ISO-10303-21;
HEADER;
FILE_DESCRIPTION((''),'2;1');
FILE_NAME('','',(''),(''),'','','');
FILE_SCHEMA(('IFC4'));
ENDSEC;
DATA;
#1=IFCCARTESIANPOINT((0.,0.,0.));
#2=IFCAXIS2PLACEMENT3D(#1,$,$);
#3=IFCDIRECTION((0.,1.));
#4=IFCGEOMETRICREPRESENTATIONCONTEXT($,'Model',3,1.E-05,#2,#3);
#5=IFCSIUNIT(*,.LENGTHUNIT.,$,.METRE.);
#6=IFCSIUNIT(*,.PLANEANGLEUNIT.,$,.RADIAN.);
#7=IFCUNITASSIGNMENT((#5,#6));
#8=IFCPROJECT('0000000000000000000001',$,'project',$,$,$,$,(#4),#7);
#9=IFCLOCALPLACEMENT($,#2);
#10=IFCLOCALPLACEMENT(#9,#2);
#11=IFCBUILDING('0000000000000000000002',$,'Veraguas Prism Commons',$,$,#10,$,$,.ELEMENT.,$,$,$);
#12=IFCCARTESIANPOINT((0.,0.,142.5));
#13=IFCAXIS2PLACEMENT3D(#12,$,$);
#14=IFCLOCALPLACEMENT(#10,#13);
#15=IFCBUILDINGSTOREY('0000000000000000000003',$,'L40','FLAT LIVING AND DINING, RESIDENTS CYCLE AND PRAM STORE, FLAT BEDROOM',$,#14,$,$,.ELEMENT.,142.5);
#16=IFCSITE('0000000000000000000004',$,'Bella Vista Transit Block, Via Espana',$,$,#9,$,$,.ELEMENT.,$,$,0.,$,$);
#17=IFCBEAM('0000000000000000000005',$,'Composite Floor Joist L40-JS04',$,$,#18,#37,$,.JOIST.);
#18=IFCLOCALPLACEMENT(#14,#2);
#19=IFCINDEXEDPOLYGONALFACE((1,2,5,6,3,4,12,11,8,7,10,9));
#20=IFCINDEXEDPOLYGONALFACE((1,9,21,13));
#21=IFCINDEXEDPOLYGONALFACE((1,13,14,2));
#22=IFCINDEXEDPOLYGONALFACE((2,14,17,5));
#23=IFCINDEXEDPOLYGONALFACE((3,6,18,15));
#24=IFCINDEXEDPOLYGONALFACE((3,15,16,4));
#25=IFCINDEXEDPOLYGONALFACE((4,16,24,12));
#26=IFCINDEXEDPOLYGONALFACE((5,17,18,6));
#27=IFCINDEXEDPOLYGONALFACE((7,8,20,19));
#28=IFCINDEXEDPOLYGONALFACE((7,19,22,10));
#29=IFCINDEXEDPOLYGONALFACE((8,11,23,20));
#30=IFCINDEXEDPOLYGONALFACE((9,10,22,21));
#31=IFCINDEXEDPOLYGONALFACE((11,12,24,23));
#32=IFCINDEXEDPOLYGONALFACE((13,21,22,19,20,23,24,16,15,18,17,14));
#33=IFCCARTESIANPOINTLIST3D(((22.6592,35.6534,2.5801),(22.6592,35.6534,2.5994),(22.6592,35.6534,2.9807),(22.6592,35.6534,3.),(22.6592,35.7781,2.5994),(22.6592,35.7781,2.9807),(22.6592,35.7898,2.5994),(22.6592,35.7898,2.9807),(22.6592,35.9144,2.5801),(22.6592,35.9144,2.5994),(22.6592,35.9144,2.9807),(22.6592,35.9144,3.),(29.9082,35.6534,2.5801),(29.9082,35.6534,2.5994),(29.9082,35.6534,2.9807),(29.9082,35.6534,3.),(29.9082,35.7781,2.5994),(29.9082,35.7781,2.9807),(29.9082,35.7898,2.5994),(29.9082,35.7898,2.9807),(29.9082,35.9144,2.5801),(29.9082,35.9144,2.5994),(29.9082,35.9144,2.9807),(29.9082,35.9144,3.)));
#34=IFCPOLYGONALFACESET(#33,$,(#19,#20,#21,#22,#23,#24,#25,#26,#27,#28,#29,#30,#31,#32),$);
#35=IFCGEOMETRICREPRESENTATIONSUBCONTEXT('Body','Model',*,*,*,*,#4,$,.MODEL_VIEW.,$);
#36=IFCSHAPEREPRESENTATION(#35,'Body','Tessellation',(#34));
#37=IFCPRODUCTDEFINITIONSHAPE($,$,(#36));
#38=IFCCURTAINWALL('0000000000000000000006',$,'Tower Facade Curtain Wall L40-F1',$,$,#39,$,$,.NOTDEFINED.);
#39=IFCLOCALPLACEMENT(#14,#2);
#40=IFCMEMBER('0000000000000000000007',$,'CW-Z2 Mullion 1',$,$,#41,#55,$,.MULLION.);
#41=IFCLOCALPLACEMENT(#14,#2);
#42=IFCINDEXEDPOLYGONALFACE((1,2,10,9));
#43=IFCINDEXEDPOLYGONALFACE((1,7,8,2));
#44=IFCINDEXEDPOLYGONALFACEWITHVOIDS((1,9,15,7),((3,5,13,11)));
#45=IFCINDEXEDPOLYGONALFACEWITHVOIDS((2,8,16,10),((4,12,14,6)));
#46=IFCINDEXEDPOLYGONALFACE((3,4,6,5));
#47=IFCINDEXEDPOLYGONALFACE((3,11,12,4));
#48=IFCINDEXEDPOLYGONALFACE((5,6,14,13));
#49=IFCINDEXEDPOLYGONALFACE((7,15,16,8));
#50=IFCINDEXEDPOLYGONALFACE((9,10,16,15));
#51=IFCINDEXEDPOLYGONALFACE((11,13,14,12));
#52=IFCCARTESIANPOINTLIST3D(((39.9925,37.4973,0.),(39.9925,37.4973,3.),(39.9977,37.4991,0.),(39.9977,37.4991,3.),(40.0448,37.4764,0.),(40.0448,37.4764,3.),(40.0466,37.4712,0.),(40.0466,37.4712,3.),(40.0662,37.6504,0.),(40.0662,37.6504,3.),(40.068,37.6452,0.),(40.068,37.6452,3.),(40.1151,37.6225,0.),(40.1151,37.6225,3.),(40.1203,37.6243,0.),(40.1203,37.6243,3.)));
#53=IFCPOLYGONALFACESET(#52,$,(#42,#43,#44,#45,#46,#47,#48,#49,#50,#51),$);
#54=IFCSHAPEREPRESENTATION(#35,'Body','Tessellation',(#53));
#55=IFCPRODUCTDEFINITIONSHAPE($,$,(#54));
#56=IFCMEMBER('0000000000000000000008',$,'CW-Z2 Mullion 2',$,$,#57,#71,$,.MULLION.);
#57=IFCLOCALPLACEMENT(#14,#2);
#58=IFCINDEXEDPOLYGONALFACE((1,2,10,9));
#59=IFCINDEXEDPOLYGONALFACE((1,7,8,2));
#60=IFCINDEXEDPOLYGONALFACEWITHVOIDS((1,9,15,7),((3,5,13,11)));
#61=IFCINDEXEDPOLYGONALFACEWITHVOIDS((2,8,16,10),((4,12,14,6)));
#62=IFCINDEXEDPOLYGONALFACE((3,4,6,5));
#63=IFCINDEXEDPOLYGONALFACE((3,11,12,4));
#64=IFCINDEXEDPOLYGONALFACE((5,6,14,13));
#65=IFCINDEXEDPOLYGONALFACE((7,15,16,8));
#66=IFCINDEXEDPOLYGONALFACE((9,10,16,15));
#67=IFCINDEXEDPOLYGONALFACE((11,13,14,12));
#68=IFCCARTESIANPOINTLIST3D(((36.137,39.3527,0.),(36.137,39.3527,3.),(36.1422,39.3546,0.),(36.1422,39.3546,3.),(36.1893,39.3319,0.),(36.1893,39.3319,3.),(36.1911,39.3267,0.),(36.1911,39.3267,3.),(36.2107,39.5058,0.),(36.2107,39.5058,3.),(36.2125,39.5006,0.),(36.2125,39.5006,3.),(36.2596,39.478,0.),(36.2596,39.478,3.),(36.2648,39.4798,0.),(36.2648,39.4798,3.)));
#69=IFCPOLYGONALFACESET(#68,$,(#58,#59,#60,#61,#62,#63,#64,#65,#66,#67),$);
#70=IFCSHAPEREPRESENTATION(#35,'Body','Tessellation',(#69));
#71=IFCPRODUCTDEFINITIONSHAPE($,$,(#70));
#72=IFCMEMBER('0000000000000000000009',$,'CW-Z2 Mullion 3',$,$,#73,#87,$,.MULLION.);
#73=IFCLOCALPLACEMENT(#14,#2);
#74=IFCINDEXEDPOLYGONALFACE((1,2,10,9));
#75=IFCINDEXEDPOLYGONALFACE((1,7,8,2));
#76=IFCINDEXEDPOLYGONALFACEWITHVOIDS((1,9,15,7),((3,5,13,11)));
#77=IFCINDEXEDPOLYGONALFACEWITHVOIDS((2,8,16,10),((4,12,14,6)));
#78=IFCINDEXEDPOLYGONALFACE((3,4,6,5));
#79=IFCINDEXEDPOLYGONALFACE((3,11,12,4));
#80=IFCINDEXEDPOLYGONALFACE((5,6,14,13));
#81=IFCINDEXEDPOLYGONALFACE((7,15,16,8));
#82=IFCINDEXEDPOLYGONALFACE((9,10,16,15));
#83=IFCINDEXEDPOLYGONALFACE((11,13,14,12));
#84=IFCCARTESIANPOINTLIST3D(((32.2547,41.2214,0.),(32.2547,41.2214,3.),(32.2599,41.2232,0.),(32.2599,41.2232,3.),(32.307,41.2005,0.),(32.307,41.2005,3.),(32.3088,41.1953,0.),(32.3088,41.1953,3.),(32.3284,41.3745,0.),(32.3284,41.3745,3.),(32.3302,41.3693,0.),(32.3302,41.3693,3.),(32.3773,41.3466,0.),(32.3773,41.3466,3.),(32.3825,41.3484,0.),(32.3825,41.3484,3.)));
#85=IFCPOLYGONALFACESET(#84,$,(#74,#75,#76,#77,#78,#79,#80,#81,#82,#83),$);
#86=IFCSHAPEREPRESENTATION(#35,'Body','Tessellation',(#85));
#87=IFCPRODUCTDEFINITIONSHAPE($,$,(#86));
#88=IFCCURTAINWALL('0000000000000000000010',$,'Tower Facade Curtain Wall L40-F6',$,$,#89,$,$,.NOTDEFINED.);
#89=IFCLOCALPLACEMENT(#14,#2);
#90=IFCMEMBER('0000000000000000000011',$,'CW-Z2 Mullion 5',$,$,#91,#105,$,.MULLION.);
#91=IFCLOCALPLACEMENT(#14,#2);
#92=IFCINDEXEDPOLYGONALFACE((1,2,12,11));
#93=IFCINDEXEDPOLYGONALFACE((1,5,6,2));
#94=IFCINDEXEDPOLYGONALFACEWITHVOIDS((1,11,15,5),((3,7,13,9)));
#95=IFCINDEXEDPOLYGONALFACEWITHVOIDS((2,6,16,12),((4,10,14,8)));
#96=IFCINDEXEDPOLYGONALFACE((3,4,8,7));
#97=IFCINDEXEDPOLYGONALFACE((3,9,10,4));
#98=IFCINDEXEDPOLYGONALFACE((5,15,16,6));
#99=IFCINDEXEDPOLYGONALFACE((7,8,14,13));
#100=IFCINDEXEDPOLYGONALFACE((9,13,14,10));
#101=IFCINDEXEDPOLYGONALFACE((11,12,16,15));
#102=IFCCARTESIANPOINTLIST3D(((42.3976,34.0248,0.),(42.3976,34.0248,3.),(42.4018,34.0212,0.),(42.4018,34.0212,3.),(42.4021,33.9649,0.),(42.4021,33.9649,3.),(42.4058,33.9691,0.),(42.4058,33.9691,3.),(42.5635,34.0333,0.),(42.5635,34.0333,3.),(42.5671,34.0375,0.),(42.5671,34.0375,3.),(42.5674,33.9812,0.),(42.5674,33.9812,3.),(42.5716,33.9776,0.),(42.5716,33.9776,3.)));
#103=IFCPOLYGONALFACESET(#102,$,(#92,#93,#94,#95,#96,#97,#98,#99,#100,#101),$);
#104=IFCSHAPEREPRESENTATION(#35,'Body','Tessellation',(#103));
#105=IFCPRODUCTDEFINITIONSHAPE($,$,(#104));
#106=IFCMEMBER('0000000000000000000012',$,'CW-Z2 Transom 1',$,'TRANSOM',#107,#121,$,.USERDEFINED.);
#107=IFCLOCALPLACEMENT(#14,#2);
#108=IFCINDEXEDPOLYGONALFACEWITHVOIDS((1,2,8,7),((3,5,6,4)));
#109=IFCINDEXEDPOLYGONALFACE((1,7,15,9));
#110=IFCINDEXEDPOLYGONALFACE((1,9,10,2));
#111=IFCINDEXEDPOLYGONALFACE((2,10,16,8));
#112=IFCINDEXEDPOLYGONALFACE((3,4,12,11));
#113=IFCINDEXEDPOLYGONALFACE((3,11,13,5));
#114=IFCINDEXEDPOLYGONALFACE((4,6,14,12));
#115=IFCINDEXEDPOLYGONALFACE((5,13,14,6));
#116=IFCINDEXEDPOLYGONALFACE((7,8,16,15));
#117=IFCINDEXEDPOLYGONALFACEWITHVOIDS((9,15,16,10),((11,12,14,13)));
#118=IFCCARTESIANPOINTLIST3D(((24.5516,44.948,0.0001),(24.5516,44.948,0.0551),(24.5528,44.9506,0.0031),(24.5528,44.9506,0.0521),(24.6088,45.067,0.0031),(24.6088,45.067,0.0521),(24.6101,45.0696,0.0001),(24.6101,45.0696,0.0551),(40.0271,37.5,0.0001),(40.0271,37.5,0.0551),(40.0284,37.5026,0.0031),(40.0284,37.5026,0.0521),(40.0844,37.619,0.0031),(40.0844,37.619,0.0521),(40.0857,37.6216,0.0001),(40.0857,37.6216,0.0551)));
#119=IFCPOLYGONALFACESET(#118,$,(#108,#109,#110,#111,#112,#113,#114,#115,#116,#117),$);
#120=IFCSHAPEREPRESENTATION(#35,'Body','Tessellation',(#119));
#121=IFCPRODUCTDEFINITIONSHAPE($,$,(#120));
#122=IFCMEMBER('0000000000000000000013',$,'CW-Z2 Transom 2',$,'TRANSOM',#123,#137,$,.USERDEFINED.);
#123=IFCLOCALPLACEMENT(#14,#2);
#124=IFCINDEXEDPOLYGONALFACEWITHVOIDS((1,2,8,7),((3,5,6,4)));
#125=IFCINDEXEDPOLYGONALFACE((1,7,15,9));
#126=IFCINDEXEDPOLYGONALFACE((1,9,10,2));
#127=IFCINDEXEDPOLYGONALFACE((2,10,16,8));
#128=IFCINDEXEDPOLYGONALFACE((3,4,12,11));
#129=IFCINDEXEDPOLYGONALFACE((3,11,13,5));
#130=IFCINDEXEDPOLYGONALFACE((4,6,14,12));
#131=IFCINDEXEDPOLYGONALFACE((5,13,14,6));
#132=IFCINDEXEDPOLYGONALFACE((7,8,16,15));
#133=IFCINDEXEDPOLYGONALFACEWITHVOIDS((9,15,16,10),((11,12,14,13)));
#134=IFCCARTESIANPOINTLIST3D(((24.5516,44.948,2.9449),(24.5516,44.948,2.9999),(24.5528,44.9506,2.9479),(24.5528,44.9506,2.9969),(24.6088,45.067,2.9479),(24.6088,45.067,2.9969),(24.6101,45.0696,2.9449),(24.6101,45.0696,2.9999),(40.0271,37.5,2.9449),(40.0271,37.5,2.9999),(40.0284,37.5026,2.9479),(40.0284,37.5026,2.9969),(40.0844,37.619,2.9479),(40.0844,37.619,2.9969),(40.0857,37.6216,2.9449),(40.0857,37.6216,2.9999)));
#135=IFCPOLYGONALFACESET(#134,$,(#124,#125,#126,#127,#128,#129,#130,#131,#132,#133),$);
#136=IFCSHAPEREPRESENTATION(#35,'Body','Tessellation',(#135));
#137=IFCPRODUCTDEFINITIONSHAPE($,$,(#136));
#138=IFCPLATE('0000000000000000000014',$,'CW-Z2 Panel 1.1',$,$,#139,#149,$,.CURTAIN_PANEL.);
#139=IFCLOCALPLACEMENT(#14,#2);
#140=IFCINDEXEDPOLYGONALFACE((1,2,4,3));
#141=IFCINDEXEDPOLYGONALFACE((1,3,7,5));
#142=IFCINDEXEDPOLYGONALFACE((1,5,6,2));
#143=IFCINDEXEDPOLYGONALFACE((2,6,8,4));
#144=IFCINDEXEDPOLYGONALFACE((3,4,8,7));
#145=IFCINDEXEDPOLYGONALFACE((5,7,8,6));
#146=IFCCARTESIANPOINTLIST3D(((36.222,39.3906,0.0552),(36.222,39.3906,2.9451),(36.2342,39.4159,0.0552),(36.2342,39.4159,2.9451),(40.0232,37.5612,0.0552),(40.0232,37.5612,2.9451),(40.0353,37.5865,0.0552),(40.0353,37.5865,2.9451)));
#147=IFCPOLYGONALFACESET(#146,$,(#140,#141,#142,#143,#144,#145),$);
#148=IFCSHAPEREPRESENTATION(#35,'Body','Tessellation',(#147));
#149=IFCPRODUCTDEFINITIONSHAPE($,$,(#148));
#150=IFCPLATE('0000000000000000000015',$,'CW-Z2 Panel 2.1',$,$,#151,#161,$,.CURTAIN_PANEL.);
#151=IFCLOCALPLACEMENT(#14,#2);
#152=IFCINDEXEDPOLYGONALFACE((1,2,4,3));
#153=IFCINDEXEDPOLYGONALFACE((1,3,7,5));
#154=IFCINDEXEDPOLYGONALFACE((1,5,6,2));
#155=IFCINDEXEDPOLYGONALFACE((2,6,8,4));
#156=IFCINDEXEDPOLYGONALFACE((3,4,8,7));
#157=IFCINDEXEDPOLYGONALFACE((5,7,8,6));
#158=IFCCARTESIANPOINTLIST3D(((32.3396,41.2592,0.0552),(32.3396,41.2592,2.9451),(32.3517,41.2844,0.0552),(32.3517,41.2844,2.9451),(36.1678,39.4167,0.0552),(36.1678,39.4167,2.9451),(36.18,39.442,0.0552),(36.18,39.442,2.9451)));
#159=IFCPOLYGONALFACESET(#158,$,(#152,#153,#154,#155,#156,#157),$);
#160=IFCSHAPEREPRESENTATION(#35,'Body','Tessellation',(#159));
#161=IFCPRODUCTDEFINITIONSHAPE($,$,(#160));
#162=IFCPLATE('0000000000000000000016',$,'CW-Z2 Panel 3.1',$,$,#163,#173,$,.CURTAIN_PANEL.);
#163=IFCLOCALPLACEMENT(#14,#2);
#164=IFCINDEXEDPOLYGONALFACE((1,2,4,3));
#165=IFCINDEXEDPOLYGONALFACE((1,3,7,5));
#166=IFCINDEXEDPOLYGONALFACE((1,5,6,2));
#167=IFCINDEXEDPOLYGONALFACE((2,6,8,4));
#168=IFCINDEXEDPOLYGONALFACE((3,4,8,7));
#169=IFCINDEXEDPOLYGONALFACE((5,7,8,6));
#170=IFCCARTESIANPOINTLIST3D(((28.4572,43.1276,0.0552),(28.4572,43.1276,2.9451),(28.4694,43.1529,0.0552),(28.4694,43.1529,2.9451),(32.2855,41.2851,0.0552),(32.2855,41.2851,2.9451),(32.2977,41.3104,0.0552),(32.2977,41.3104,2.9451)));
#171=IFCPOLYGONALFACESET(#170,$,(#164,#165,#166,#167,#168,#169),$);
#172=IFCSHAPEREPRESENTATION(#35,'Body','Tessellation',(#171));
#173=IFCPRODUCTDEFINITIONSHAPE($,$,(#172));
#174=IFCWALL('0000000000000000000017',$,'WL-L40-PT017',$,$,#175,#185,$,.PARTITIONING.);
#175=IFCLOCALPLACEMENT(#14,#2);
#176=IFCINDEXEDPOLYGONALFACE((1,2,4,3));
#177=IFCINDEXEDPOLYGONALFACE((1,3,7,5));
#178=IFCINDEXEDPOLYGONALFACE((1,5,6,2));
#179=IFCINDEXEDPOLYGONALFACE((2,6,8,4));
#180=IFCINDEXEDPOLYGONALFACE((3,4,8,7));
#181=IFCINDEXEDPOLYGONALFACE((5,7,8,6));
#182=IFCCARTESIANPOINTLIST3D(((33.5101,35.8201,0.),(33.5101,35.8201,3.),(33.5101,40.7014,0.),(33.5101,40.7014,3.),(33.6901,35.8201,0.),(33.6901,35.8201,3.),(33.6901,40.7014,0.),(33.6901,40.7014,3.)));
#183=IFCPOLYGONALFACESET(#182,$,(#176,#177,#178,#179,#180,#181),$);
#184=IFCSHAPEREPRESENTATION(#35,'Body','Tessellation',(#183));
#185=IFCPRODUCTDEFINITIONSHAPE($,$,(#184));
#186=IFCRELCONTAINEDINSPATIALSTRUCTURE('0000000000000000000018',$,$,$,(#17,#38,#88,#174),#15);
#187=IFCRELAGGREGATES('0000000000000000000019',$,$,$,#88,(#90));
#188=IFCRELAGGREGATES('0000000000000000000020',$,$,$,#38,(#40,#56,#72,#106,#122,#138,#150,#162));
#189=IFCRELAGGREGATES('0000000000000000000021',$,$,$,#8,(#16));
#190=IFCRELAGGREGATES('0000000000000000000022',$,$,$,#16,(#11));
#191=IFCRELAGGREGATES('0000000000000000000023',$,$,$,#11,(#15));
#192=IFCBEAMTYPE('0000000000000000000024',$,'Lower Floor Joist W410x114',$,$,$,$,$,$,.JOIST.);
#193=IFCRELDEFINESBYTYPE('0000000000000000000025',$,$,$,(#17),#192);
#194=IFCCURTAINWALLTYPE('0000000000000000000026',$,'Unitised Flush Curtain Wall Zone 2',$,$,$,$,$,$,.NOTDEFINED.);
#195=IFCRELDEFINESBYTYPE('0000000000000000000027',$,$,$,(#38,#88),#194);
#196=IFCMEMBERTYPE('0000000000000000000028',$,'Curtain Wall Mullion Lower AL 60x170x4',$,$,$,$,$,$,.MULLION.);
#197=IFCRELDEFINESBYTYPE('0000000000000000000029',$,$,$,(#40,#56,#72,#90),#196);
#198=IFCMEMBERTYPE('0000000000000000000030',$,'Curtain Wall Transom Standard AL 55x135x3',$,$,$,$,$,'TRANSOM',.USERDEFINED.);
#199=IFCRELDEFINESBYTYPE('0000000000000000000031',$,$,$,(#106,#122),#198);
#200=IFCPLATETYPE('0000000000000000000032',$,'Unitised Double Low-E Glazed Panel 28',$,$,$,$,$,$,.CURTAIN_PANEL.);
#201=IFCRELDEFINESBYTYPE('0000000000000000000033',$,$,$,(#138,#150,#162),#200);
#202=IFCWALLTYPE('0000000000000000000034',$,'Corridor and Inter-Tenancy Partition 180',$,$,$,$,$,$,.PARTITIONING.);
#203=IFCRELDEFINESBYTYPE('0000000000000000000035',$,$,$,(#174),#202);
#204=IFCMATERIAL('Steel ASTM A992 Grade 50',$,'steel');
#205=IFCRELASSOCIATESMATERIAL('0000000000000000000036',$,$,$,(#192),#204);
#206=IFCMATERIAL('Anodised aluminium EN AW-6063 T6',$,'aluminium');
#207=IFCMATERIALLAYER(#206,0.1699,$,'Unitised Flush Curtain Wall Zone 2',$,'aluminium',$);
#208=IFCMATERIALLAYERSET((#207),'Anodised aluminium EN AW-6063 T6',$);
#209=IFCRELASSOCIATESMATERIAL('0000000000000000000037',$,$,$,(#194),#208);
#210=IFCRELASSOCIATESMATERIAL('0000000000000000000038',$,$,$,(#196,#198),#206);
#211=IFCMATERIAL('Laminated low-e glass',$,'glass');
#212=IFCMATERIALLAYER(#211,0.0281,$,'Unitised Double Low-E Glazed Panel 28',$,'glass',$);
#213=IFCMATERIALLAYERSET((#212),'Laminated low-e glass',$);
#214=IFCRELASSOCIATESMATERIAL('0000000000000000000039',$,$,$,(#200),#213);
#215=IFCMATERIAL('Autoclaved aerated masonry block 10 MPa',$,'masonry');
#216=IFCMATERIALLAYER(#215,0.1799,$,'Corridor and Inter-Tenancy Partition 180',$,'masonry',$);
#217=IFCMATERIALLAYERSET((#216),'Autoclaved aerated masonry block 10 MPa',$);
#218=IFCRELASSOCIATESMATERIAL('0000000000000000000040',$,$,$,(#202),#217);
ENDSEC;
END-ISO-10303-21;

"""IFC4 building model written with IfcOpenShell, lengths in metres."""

from ifc_helpers import new_model, si_unit, direction, frame, frame_2d, origin, origin_2d, place, context, subcontext, project, spatial, rectangle, hollow_rectangle, i_section, extrude, source, transform, mapped, material, layer, layer_set, material_profile, profile_set, type_object, element, aggregate, save


model = new_model("IFC4")

# Units and contexts
model_context = context("Model", 3, precision=1e-05, world=origin(), true_north=direction((0.0, 1.0)))
body_context = subcontext(model_context, "Body", "Model", "MODEL_VIEW")
ifc_project = project(units=[si_unit("LENGTHUNIT", "METRE"), si_unit("PLANEANGLEUNIT", "RADIAN")], contexts=[model_context])

# Site, building, storey
site_placement = place(None, origin())
site = spatial("IfcSite", under=ifc_project, at=site_placement, Name="Bella Vista Transit Block, Via Espana", CompositionType="ELEMENT", RefElevation=0.0)
building_placement = place(site_placement, origin())
building = spatial("IfcBuilding", under=site, at=building_placement, Name="Veraguas Prism Commons", CompositionType="ELEMENT")
storey_placement = place(building_placement, frame((0.0, 0.0, 142.5)))
storey = spatial("IfcBuildingStorey", under=building, at=storey_placement, Name="L40", Description="FLAT LIVING AND DINING, RESIDENTS CYCLE AND PRAM STORE, FLAT BEDROOM", CompositionType="ELEMENT", Elevation=142.5)

# Beam
ifc_material_1 = material(Name="Steel ASTM A992 Grade 50", Category="steel")
ifc_material_profile_1 = material_profile(ifc_material_1, i_section(OverallWidth=0.261, OverallDepth=0.4199, WebThickness=0.0117, FlangeThickness=0.0193, at=origin_2d()), Name="W410X114")
ifc_profile_set_1 = profile_set([ifc_material_profile_1], Name="Steel ASTM A992 Grade 50")
beam_type = type_object("IfcBeamType", Name="Lower Floor Joist W410x114", PredefinedType="JOIST", material=ifc_profile_set_1)
beam_placement = place(storey_placement, frame((29.9082, 35.7839, 2.79), z_axis=(-1.0, 0.0, 0.0), x_axis=(0.0, -1.0, 0.0)))
element("IfcBeam", 1, at=beam_placement, inside=storey, type_object=beam_type, Name="Composite Floor Joist L40-JS04", PredefinedType="JOIST", context=body_context, shape_type="SweptSolid", body=[
    extrude(i_section(OverallWidth=0.261, OverallDepth=0.4199, WebThickness=0.0117, FlangeThickness=0.0193, at=origin_2d()), origin(), (0.0, 0.0, 1.0), 7.249),
])

# Curtain wall, members
ifc_material_2 = material(Name="Anodised aluminium EN AW-6063 T6", Category="aluminium")
ifc_layer_1 = layer(ifc_material_2, 0.1699, Name="Unitised Flush Curtain Wall Zone 2", Category="aluminium")
ifc_layer_set_1 = layer_set([ifc_layer_1], Name="Anodised aluminium EN AW-6063 T6")
curtain_wall_type = type_object("IfcCurtainWallType", Name="Unitised Flush Curtain Wall Zone 2", PredefinedType="NOTDEFINED", material=ifc_layer_set_1)
curtain_wall_1_placement = place(storey_placement, origin())
curtain_wall_1 = element("IfcCurtainWall", 2, at=curtain_wall_1_placement, inside=storey, type_object=curtain_wall_type, Name="Tower Facade Curtain Wall L40-F1", PredefinedType="NOTDEFINED")
ifc_material_profile_2 = material_profile(ifc_material_2, hollow_rectangle(XDim=0.0601, YDim=0.1699, WallThickness=0.0039, at=origin_2d()), Name="AL60X170X4")
ifc_profile_set_2 = profile_set([ifc_material_profile_2], Name="Anodised aluminium EN AW-6063 T6")
member_type_1 = type_object("IfcMemberType", Name="Curtain Wall Mullion Lower AL 60x170x4", PredefinedType="MULLION", material=ifc_profile_set_2)
shared_shape_1 = source(origin(), body_context, "Body", "SweptSolid", [
    extrude(hollow_rectangle(XDim=0.0601, YDim=0.1699, WallThickness=0.0039, at=origin_2d()), origin(), (0.0, 0.0, 1.0), 3.0),
])
member_1_placement = place(storey_placement, frame((40.0564, 37.5608, 0.0), z_axis=(0.0, 0.0, 1.0), x_axis=(-0.901076, 0.433662, 0.0)))
member_1 = element("IfcMember", 3, at=member_1_placement, type_object=member_type_1, Name="CW-Z2 Mullion 1", PredefinedType="MULLION", context=body_context, shape_type="MappedRepresentation", body=[
    mapped(shared_shape_1, transform((0.0, 0.0, 0.0), scale=1.0)),
])
member_2_placement = place(storey_placement, frame((36.2009, 39.4163, 0.0), z_axis=(0.0, 0.0, 1.0), x_axis=(-0.901076, 0.433662, 0.0)))
member_2 = element("IfcMember", 4, at=member_2_placement, type_object=member_type_1, Name="CW-Z2 Mullion 2", PredefinedType="MULLION", context=body_context, shape_type="MappedRepresentation", body=[
    mapped(shared_shape_1, transform((0.0, 0.0, 0.0), scale=1.0)),
])
member_3_placement = place(storey_placement, frame((32.3186, 41.2849, 0.0), z_axis=(0.0, 0.0, 1.0), x_axis=(-0.901076, 0.433662, 0.0)))
member_3 = element("IfcMember", 5, at=member_3_placement, type_object=member_type_1, Name="CW-Z2 Mullion 3", PredefinedType="MULLION", context=body_context, shape_type="MappedRepresentation", body=[
    mapped(shared_shape_1, transform((0.0, 0.0, 0.0), scale=1.0)),
])

# Curtain wall, member
curtain_wall_2_placement = place(storey_placement, origin())
curtain_wall_2 = element("IfcCurtainWall", 6, at=curtain_wall_2_placement, inside=storey, type_object=curtain_wall_type, Name="Tower Facade Curtain Wall L40-F6", PredefinedType="NOTDEFINED")
member_4_placement = place(storey_placement, frame((42.4846, 34.0012, 0.0), z_axis=(0.0, 0.0, 1.0), x_axis=(-0.074979, 0.997185, 0.0)))
member_4 = element("IfcMember", 7, at=member_4_placement, type_object=member_type_1, Name="CW-Z2 Mullion 5", PredefinedType="MULLION", context=body_context, shape_type="MappedRepresentation", body=[
    mapped(shared_shape_1, transform((0.0, 0.0, 0.0), scale=1.0)),
])
aggregate(curtain_wall_2, [member_4])

# Members
ifc_material_profile_3 = material_profile(ifc_material_2, hollow_rectangle(XDim=0.0549, YDim=0.135, WallThickness=0.0029, at=origin_2d()), Name="AL55X135X3")
ifc_profile_set_3 = profile_set([ifc_material_profile_3], Name="Anodised aluminium EN AW-6063 T6")
member_type_2 = type_object("IfcMemberType", Name="Curtain Wall Transom Standard AL 55x135x3", ElementType="TRANSOM", PredefinedType="USERDEFINED", material=ifc_profile_set_3)
shared_shape_2 = source(origin(), body_context, "Body", "SweptSolid", [
    extrude(hollow_rectangle(XDim=0.0549, YDim=0.135, WallThickness=0.0029, at=origin_2d()), origin(), (0.0, 0.0, 1.0), 17.1746),
])
member_5_placement = place(storey_placement, frame((40.0564, 37.5608, 0.0276), z_axis=(-0.901075, 0.433664, 0.0), x_axis=(0.0, 0.0, 1.0)))
member_5 = element("IfcMember", 8, at=member_5_placement, type_object=member_type_2, Name="CW-Z2 Transom 1", ObjectType="TRANSOM", PredefinedType="USERDEFINED", context=body_context, shape_type="MappedRepresentation", body=[
    mapped(shared_shape_2, transform((0.0, 0.0, 0.0), scale=1.0)),
])
member_6_placement = place(storey_placement, frame((40.0564, 37.5608, 2.9724), z_axis=(-0.901075, 0.433664, 0.0), x_axis=(0.0, 0.0, 1.0)))
member_6 = element("IfcMember", 9, at=member_6_placement, type_object=member_type_2, Name="CW-Z2 Transom 2", ObjectType="TRANSOM", PredefinedType="USERDEFINED", context=body_context, shape_type="MappedRepresentation", body=[
    mapped(shared_shape_2, transform((0.0, 0.0, 0.0), scale=1.0)),
])

# Plates
ifc_material_3 = material(Name="Laminated low-e glass", Category="glass")
ifc_layer_2 = layer(ifc_material_3, 0.0281, Name="Unitised Double Low-E Glazed Panel 28", Category="glass")
ifc_layer_set_2 = layer_set([ifc_layer_2], Name="Laminated low-e glass")
plate_type = type_object("IfcPlateType", Name="Unitised Double Low-E Glazed Panel 28", PredefinedType="CURTAIN_PANEL", material=ifc_layer_set_2)
shared_shape_3 = source(origin(), body_context, "Body", "SweptSolid", [
    extrude(rectangle(XDim=4.2185, YDim=0.0281, at=origin_2d()), origin(), (0.0, 0.0, 1.0), 2.8899),
])
plate_1_placement = place(storey_placement, frame((38.1287, 38.4885, 0.0552), z_axis=(0.0, 0.0, 1.0), x_axis=(-0.901076, 0.433662, 0.0)))
plate_1 = element("IfcPlate", 10, at=plate_1_placement, type_object=plate_type, Name="CW-Z2 Panel 1.1", PredefinedType="CURTAIN_PANEL", context=body_context, shape_type="MappedRepresentation", body=[
    mapped(shared_shape_3, transform((0.0, 0.0, 0.0), scale=1.0)),
])
shared_shape_4 = source(origin(), body_context, "Body", "SweptSolid", [
    extrude(rectangle(XDim=4.2485, YDim=0.0281, at=origin_2d()), origin(), (0.0, 0.0, 1.0), 2.8899),
])
plate_2_placement = place(storey_placement, frame((34.2598, 40.3506, 0.0552), z_axis=(0.0, 0.0, 1.0), x_axis=(-0.901076, 0.433662, 0.0)))
plate_2 = element("IfcPlate", 11, at=plate_2_placement, type_object=plate_type, Name="CW-Z2 Panel 2.1", PredefinedType="CURTAIN_PANEL", context=body_context, shape_type="MappedRepresentation", body=[
    mapped(shared_shape_4, transform((0.0, 0.0, 0.0), scale=1.0)),
])
plate_3_placement = place(storey_placement, frame((30.3774, 42.219, 0.0552), z_axis=(0.0, 0.0, 1.0), x_axis=(-0.901076, 0.433662, 0.0)))
plate_3 = element("IfcPlate", 12, at=plate_3_placement, type_object=plate_type, Name="CW-Z2 Panel 3.1", PredefinedType="CURTAIN_PANEL", context=body_context, shape_type="MappedRepresentation", body=[
    mapped(shared_shape_4, transform((0.0, 0.0, 0.0), scale=1.0)),
])
aggregate(curtain_wall_1, [member_1, member_2, member_3, member_5, member_6, plate_1, plate_2, plate_3])

# Wall
ifc_material_4 = material(Name="Autoclaved aerated masonry block 10 MPa", Category="masonry")
ifc_layer_3 = layer(ifc_material_4, 0.1799, Name="Corridor and Inter-Tenancy Partition 180", Category="masonry")
ifc_layer_set_3 = layer_set([ifc_layer_3], Name="Autoclaved aerated masonry block 10 MPa")
wall_type_1 = type_object("IfcWallType", Name="Corridor and Inter-Tenancy Partition 180", PredefinedType="PARTITIONING", material=ifc_layer_set_3)
wall_1_placement = place(storey_placement, frame((33.6001, 35.8201, 0.0), z_axis=(0.0, 0.0, 1.0), x_axis=(0.0, 1.0, 0.0)))
element("IfcWall", 13, at=wall_1_placement, inside=storey, type_object=wall_type_1, Name="WL-L40-PT017", PredefinedType="PARTITIONING", context=body_context, shape_type="SweptSolid", body=[
    extrude(rectangle(XDim=4.8813, YDim=0.1799, at=frame_2d((2.4407, 0.0))), origin(), (0.0, 0.0, 1.0), 3.0),
])

save(model, "model.ifc")
